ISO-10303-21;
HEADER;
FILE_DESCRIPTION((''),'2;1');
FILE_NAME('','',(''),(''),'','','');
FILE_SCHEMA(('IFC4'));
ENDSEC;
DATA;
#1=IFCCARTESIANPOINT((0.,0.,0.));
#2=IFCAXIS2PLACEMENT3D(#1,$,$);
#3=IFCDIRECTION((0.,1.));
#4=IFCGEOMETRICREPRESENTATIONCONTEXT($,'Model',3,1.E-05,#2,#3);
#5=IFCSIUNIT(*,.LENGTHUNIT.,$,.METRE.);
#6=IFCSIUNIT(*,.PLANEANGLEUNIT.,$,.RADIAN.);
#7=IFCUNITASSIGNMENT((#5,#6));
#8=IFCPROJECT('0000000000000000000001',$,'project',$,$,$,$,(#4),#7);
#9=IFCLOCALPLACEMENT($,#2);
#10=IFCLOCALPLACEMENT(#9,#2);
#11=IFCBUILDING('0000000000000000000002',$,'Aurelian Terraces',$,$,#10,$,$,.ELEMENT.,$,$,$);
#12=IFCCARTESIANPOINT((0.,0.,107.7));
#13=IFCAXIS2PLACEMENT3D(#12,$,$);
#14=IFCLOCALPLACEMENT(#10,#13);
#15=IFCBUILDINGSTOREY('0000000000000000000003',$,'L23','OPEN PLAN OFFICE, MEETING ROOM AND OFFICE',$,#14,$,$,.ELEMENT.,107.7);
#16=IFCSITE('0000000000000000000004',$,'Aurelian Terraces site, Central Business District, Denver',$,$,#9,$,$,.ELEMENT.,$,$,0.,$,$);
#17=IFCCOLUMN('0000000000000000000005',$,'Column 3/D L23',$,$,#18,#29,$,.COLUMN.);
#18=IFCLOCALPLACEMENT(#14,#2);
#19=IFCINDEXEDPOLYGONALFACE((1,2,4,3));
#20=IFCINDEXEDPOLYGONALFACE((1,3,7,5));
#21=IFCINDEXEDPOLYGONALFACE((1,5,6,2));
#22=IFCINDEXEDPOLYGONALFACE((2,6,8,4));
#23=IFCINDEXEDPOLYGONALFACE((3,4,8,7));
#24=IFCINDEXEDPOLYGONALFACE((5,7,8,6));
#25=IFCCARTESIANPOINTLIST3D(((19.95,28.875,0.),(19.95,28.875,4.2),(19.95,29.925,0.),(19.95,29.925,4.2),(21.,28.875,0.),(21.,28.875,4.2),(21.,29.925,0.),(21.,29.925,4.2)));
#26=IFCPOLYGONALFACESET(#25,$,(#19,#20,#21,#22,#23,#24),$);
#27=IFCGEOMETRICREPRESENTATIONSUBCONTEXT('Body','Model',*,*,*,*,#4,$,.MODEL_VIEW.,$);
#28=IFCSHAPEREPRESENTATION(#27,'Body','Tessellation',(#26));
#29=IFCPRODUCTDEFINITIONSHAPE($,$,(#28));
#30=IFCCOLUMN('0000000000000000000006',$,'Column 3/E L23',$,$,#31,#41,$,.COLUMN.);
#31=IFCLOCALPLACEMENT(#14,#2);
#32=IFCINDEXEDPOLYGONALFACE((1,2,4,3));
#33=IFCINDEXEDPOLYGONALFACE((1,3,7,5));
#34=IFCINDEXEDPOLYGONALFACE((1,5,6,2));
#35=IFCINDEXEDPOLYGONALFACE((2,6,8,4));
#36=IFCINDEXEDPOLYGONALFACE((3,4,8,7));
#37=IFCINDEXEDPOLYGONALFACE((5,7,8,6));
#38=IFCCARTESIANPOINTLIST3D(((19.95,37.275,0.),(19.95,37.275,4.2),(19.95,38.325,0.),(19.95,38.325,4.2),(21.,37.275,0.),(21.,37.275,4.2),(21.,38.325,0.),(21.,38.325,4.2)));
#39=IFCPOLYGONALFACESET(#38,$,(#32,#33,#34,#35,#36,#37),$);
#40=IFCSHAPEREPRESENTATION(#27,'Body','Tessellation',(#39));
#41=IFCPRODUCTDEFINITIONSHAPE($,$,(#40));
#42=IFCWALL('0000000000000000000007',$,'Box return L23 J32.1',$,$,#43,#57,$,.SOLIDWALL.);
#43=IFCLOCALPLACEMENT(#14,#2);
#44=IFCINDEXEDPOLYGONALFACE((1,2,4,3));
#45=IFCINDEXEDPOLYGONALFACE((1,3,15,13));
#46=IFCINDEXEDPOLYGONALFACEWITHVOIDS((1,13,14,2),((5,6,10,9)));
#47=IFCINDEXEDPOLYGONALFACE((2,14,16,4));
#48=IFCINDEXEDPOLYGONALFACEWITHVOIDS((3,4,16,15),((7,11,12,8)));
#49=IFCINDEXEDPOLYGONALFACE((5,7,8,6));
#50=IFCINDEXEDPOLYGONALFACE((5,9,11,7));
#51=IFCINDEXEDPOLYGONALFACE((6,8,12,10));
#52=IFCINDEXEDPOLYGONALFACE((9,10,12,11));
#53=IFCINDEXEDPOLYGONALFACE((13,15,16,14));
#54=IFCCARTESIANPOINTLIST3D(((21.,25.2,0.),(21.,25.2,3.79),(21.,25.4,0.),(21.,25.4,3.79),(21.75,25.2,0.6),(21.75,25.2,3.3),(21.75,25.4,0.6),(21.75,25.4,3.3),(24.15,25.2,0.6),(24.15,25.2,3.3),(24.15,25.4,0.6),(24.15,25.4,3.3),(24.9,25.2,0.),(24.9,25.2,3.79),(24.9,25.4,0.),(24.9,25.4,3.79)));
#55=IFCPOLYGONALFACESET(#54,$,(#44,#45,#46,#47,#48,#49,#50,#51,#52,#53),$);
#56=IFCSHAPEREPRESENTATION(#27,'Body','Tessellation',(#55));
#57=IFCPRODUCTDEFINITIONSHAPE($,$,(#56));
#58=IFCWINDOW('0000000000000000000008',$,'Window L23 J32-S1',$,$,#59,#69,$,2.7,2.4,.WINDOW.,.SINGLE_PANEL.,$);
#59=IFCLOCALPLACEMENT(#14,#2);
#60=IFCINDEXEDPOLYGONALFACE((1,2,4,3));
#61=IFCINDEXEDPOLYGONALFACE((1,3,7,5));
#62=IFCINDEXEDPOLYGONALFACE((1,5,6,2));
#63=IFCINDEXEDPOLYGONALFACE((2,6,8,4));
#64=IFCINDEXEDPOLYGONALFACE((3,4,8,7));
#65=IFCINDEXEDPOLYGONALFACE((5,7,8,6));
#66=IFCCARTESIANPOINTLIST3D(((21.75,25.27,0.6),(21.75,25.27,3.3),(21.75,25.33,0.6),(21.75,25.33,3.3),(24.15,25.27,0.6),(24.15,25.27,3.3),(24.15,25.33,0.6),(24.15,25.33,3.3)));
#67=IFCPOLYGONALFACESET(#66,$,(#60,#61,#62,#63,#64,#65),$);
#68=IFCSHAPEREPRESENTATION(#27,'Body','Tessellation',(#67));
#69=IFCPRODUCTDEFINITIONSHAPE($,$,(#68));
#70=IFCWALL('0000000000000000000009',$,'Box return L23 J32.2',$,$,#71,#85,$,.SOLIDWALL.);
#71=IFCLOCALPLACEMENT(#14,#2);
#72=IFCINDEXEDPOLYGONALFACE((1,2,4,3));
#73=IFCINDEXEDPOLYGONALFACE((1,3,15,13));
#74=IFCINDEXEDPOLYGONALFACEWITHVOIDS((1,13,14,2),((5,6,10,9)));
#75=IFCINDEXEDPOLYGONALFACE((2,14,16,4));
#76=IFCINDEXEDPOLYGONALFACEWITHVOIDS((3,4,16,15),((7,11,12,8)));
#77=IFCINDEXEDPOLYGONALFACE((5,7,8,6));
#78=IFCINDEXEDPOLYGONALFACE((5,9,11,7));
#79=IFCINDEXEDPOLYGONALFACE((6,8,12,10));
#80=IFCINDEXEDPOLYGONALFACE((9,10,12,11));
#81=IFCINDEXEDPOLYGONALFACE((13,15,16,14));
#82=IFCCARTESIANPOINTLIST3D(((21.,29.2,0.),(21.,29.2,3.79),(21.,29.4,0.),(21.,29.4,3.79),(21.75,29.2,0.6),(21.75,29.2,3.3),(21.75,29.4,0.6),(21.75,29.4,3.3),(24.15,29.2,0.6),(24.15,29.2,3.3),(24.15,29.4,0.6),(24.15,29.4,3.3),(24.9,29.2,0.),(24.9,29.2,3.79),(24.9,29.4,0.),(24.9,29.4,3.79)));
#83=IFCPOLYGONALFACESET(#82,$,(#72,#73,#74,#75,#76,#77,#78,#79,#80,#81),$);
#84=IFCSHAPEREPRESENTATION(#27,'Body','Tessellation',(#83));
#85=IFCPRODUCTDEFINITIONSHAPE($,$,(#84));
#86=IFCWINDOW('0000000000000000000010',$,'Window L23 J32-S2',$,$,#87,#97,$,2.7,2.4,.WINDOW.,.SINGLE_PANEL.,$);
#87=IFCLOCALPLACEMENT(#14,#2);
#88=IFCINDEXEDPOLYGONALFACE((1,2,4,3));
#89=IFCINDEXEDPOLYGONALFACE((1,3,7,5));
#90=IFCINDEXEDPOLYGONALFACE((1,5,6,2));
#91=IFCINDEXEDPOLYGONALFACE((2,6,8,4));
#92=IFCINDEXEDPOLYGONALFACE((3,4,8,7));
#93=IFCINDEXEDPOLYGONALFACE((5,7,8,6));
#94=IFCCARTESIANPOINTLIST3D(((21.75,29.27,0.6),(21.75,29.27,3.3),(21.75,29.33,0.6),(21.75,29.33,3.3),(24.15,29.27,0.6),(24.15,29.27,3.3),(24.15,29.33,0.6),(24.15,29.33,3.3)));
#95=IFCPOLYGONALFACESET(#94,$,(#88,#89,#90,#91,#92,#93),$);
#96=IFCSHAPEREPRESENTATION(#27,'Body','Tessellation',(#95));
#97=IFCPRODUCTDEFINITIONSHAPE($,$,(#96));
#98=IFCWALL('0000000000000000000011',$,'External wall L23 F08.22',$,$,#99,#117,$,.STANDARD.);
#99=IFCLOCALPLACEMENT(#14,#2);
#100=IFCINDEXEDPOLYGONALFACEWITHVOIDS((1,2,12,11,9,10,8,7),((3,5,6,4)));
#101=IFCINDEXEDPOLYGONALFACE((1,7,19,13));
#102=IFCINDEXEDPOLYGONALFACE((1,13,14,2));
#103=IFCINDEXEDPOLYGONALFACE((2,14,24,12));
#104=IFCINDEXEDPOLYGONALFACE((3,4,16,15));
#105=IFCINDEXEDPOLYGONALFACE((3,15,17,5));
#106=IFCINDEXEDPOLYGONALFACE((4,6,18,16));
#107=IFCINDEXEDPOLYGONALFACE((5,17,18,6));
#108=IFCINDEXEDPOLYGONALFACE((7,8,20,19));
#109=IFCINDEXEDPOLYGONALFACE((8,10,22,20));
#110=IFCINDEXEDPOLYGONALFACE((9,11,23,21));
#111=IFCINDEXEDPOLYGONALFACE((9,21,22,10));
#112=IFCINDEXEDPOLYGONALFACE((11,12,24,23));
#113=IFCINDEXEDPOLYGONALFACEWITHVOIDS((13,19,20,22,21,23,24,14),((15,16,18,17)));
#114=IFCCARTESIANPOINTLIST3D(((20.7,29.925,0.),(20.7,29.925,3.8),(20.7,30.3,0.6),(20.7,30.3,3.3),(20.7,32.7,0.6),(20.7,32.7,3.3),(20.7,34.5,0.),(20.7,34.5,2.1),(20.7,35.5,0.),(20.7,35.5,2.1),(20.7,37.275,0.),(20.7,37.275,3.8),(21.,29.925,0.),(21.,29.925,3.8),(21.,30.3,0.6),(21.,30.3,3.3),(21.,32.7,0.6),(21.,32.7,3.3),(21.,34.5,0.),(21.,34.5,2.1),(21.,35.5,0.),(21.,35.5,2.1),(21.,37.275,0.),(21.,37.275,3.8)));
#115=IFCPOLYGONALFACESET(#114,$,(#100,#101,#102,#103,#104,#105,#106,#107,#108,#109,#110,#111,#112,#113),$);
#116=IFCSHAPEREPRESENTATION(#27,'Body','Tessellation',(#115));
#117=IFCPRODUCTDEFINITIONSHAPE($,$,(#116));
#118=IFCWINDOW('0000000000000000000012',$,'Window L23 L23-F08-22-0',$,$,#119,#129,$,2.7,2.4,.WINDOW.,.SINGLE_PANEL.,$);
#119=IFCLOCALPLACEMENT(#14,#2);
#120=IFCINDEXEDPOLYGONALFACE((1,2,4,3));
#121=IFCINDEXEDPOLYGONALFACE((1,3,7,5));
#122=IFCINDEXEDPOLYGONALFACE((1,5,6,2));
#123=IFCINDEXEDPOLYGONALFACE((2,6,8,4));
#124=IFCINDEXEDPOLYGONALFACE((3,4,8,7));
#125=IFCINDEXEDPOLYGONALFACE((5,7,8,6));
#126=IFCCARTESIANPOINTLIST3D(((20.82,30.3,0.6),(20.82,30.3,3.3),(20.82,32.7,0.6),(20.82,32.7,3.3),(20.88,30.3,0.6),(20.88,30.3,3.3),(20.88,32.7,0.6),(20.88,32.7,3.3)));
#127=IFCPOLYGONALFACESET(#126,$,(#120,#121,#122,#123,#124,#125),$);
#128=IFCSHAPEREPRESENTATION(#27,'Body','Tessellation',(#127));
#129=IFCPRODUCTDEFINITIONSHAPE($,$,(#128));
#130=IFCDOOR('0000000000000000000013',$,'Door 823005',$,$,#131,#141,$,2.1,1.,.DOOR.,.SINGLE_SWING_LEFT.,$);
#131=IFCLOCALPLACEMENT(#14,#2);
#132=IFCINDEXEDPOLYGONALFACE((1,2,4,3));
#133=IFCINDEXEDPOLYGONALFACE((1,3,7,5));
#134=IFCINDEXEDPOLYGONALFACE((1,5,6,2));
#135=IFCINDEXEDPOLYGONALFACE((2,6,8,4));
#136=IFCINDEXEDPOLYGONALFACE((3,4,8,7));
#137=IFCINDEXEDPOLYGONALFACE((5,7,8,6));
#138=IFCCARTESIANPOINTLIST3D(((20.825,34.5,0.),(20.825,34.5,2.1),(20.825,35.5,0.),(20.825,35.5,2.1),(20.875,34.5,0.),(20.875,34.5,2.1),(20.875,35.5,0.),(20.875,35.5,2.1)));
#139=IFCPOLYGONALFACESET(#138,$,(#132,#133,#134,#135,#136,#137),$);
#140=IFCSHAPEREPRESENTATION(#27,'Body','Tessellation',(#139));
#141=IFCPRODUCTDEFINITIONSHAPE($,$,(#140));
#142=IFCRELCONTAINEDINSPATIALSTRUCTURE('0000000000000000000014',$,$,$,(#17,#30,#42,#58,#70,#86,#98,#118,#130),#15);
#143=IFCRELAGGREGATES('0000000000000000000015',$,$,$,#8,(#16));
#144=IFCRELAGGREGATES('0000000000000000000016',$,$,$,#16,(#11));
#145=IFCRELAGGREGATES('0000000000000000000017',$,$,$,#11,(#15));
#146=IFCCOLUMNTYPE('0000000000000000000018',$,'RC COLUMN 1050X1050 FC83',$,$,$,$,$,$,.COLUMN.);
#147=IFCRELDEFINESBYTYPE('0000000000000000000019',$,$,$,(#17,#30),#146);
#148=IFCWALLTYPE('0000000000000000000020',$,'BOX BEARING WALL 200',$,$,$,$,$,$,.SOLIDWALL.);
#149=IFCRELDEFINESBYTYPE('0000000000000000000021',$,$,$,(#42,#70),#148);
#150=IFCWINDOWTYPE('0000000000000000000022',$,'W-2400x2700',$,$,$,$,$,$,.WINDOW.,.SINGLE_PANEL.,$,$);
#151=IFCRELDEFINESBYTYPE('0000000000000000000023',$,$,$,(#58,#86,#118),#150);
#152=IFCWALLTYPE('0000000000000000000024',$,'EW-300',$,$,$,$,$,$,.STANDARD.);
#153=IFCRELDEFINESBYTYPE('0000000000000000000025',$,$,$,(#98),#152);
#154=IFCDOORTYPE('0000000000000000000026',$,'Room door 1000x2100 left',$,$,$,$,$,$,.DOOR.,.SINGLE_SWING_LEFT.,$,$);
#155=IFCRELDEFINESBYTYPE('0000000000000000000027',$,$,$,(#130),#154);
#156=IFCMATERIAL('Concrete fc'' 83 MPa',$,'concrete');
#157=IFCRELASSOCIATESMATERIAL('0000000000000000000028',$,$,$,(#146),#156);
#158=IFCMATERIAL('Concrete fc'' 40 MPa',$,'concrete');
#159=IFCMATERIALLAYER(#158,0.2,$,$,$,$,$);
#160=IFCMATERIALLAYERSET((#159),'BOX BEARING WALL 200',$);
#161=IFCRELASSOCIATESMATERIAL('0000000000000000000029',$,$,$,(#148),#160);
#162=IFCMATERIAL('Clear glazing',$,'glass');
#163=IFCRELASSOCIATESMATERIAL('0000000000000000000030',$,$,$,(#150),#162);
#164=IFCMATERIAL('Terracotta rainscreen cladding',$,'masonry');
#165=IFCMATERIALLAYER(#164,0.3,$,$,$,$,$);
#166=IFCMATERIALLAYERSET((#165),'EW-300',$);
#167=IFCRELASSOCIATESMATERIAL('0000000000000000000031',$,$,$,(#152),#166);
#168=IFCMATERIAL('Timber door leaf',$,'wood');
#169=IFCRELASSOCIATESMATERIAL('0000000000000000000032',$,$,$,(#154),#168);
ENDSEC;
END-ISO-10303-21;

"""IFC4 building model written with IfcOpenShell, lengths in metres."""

from ifc_helpers import new_model, si_unit, direction, frame, frame_2d, origin, origin_2d, place, context, subcontext, project, spatial, rectangle, extrude, source, transform, mapped, material, layer, layer_set, material_profile, profile_set, type_object, element, fill, save


model = new_model("IFC4")

# Units and contexts
model_context = context("Model", 3, precision=1e-05, world=origin(), true_north=direction((0.0, 1.0)))
body_context = subcontext(model_context, "Body", "Model", "MODEL_VIEW")
ifc_project = project(units=[si_unit("LENGTHUNIT", "METRE"), si_unit("PLANEANGLEUNIT", "RADIAN")], contexts=[model_context])

# Site, building, storey
site_placement = place(None, origin())
site = spatial("IfcSite", under=ifc_project, at=site_placement, Name="Aurelian Terraces site, Central Business District, Denver", CompositionType="ELEMENT", RefElevation=0.0)
building_placement = place(site_placement, origin())
building = spatial("IfcBuilding", under=site, at=building_placement, Name="Aurelian Terraces", CompositionType="ELEMENT")
storey_placement = place(building_placement, frame((0.0, 0.0, 107.7)))
storey = spatial("IfcBuildingStorey", under=building, at=storey_placement, Name="L23", Description="OPEN PLAN OFFICE, MEETING ROOM AND OFFICE", CompositionType="ELEMENT", Elevation=107.7)

# Columns
ifc_material_1 = material(Name="Concrete fc' 83 MPa", Category="concrete")
ifc_material_profile = material_profile(ifc_material_1, rectangle(XDim=1.05, YDim=1.05, at=origin_2d()))
ifc_profile_set = profile_set([ifc_material_profile], Name="Concrete fc' 83 MPa")
column_type = type_object("IfcColumnType", Name="RC COLUMN 1050X1050 FC83", PredefinedType="COLUMN", material=ifc_profile_set)
shared_shape_1 = source(origin(), body_context, "Body", "SweptSolid", [
    extrude(rectangle(XDim=1.05, YDim=1.05, at=origin_2d()), origin(), (0.0, 0.0, 1.0), 4.2),
])
for number, where, z_axis, x_axis, name in (
    (1, (20.475, 29.4, 0.0), (0.0, 0.0, 1.0), (1.0, 0.0, 0.0), "Column 3/D L23"),
    (2, (20.475, 37.8, 0.0), (0.0, 0.0, 1.0), (1.0, 0.0, 0.0), "Column 3/E L23"),
):
    element("IfcColumn", number, at=place(storey_placement, frame(where, z_axis=z_axis, x_axis=x_axis)), inside=storey, type_object=column_type, Name=name, PredefinedType="COLUMN", context=body_context, shape_type="MappedRepresentation", body=[
        mapped(shared_shape_1, transform((0.0, 0.0, 0.0), scale=1.0)),
    ])

# Walls, openings, windows
ifc_material_2 = material(Name="Concrete fc' 40 MPa", Category="concrete")
ifc_layer_1 = layer(ifc_material_2, 0.2)
ifc_layer_set_1 = layer_set([ifc_layer_1], Name="BOX BEARING WALL 200")
wall_type_1 = type_object("IfcWallType", Name="BOX BEARING WALL 200", PredefinedType="SOLIDWALL", material=ifc_layer_set_1)
shared_shape_2 = source(origin(), body_context, "Body", "SweptSolid", [
    extrude(rectangle(XDim=3.9, YDim=0.2, at=frame_2d((1.95, 0.0))), origin(), (0.0, 0.0, 1.0), 3.79),
])
wall_1_placement = place(storey_placement, frame((21.0, 25.3, 0.0), z_axis=(0.0, 0.0, 1.0), x_axis=(1.0, 0.0, 0.0)))
wall_1 = element("IfcWall", 3, at=wall_1_placement, inside=storey, type_object=wall_type_1, Name="Box return L23 J32.1", PredefinedType="SOLIDWALL", context=body_context, shape_type="MappedRepresentation", body=[
    mapped(shared_shape_2, transform((0.0, 0.0, 0.0), scale=1.0)),
])
shared_shape_3 = source(origin(), body_context, "Body", "SweptSolid", [
    extrude(rectangle(XDim=2.4, YDim=2.7, at=frame_2d((1.2, 1.35))), frame((0.0, 0.11, 0.0), z_axis=(0.0, -1.0, 0.0), x_axis=(1.0, 0.0, 0.0)), (0.0, 0.0, 1.0), 0.22),
])
opening_1_placement = place(wall_1_placement, frame((0.75, 0.0, 0.6)))
opening_1 = element("IfcOpeningElement", 4, at=opening_1_placement, cuts=wall_1, PredefinedType="OPENING", context=body_context, shape_type="MappedRepresentation", body=[
    mapped(shared_shape_3, transform((0.0, 0.0, 0.0), scale=1.0)),
])
ifc_material_3 = material(Name="Clear glazing", Category="glass")
window_type_1 = type_object("IfcWindowType", Name="W-2400x2700", PartitioningType="SINGLE_PANEL", PredefinedType="WINDOW", material=ifc_material_3)
shared_shape_4 = source(origin(), body_context, "Body", "SweptSolid", [
    extrude(rectangle(XDim=2.4, YDim=2.7, at=frame_2d((1.2, 1.35))), frame((0.0, 0.03, 0.0), z_axis=(0.0, -1.0, 0.0), x_axis=(1.0, 0.0, 0.0)), (0.0, 0.0, 1.0), 0.06),
])
window_1_placement = place(opening_1_placement, origin())
window_1 = element("IfcWindow", 5, at=window_1_placement, inside=storey, type_object=window_type_1, Name="Window L23 J32-S1", OverallHeight=2.7, OverallWidth=2.4, PartitioningType="SINGLE_PANEL", PredefinedType="WINDOW", context=body_context, shape_type="MappedRepresentation", body=[
    mapped(shared_shape_4, transform((0.0, 0.0, 0.0), scale=1.0)),
])
fill(opening_1, window_1)
wall_2_placement = place(storey_placement, frame((21.0, 29.3, 0.0), z_axis=(0.0, 0.0, 1.0), x_axis=(1.0, 0.0, 0.0)))
wall_2 = element("IfcWall", 6, at=wall_2_placement, inside=storey, type_object=wall_type_1, Name="Box return L23 J32.2", PredefinedType="SOLIDWALL", context=body_context, shape_type="MappedRepresentation", body=[
    mapped(shared_shape_2, transform((0.0, 0.0, 0.0), scale=1.0)),
])
opening_2_placement = place(wall_2_placement, frame((0.75, 0.0, 0.6)))
opening_2 = element("IfcOpeningElement", 7, at=opening_2_placement, cuts=wall_2, PredefinedType="OPENING", context=body_context, shape_type="MappedRepresentation", body=[
    mapped(shared_shape_3, transform((0.0, 0.0, 0.0), scale=1.0)),
])
window_2_placement = place(opening_2_placement, origin())
window_2 = element("IfcWindow", 8, at=window_2_placement, inside=storey, type_object=window_type_1, Name="Window L23 J32-S2", OverallHeight=2.7, OverallWidth=2.4, PartitioningType="SINGLE_PANEL", PredefinedType="WINDOW", context=body_context, shape_type="MappedRepresentation", body=[
    mapped(shared_shape_4, transform((0.0, 0.0, 0.0), scale=1.0)),
])
fill(opening_2, window_2)

# Wall, openings, window, door
ifc_material_4 = material(Name="Terracotta rainscreen cladding", Category="masonry")
ifc_layer_2 = layer(ifc_material_4, 0.3)
ifc_layer_set_2 = layer_set([ifc_layer_2], Name="EW-300")
wall_type_2 = type_object("IfcWallType", Name="EW-300", PredefinedType="STANDARD", material=ifc_layer_set_2)
shared_shape_5 = source(origin(), body_context, "Body", "SweptSolid", [
    extrude(rectangle(XDim=7.35, YDim=0.3, at=frame_2d((3.675, 0.0))), origin(), (0.0, 0.0, 1.0), 3.8),
])
wall_3_placement = place(storey_placement, frame((20.85, 29.925, 0.0), z_axis=(0.0, 0.0, 1.0), x_axis=(0.0, 1.0, 0.0)))
wall_3 = element("IfcWall", 9, at=wall_3_placement, inside=storey, type_object=wall_type_2, Name="External wall L23 F08.22", PredefinedType="STANDARD", context=body_context, shape_type="MappedRepresentation", body=[
    mapped(shared_shape_5, transform((0.0, 0.0, 0.0), scale=1.0)),
])
shared_shape_6 = source(origin(), body_context, "Body", "SweptSolid", [
    extrude(rectangle(XDim=2.4, YDim=2.7, at=frame_2d((1.2, 1.35))), frame((0.0, 0.16, 0.0), z_axis=(0.0, -1.0, 0.0), x_axis=(1.0, 0.0, 0.0)), (0.0, 0.0, 1.0), 0.32),
])
opening_3_placement = place(wall_3_placement, frame((0.375, 0.0, 0.6)))
opening_3 = element("IfcOpeningElement", 10, at=opening_3_placement, cuts=wall_3, PredefinedType="OPENING", context=body_context, shape_type="MappedRepresentation", body=[
    mapped(shared_shape_6, transform((0.0, 0.0, 0.0), scale=1.0)),
])
shared_shape_7 = source(origin(), body_context, "Body", "SweptSolid", [
    extrude(rectangle(XDim=1.0, YDim=2.1, at=frame_2d((0.5, 1.05))), frame((0.0, 0.16, 0.0), z_axis=(0.0, -1.0, 0.0), x_axis=(1.0, 0.0, 0.0)), (0.0, 0.0, 1.0), 0.32),
])
opening_4_placement = place(wall_3_placement, frame((4.575, 0.0, 0.0)))
opening_4 = element("IfcOpeningElement", 11, at=opening_4_placement, cuts=wall_3, PredefinedType="OPENING", context=body_context, shape_type="MappedRepresentation", body=[
    mapped(shared_shape_7, transform((0.0, 0.0, 0.0), scale=1.0)),
])
window_3_placement = place(opening_3_placement, origin())
window_3 = element("IfcWindow", 12, at=window_3_placement, inside=storey, type_object=window_type_1, Name="Window L23 L23-F08-22-0", OverallHeight=2.7, OverallWidth=2.4, PartitioningType="SINGLE_PANEL", PredefinedType="WINDOW", context=body_context, shape_type="MappedRepresentation", body=[
    mapped(shared_shape_4, transform((0.0, 0.0, 0.0), scale=1.0)),
])
fill(opening_3, window_3)
ifc_material_5 = material(Name="Timber door leaf", Category="wood")
door_type_1 = type_object("IfcDoorType", Name="Room door 1000x2100 left", OperationType="SINGLE_SWING_LEFT", PredefinedType="DOOR", material=ifc_material_5)
shared_shape_8 = source(origin(), body_context, "Body", "SweptSolid", [
    extrude(rectangle(XDim=1.0, YDim=2.1, at=frame_2d((0.5, 1.05))), frame((0.0, 0.025, 0.0), z_axis=(0.0, -1.0, 0.0), x_axis=(1.0, 0.0, 0.0)), (0.0, 0.0, 1.0), 0.05),
])
door_1_placement = place(opening_4_placement, origin())
door_1 = element("IfcDoor", 13, at=door_1_placement, inside=storey, type_object=door_type_1, Name="Door 823005", OperationType="SINGLE_SWING_LEFT", OverallHeight=2.1, OverallWidth=1.0, PredefinedType="DOOR", context=body_context, shape_type="MappedRepresentation", body=[
    mapped(shared_shape_8, transform((0.0, 0.0, 0.0), scale=1.0)),
])
fill(opening_4, door_1)

save(model, "model.ifc")
